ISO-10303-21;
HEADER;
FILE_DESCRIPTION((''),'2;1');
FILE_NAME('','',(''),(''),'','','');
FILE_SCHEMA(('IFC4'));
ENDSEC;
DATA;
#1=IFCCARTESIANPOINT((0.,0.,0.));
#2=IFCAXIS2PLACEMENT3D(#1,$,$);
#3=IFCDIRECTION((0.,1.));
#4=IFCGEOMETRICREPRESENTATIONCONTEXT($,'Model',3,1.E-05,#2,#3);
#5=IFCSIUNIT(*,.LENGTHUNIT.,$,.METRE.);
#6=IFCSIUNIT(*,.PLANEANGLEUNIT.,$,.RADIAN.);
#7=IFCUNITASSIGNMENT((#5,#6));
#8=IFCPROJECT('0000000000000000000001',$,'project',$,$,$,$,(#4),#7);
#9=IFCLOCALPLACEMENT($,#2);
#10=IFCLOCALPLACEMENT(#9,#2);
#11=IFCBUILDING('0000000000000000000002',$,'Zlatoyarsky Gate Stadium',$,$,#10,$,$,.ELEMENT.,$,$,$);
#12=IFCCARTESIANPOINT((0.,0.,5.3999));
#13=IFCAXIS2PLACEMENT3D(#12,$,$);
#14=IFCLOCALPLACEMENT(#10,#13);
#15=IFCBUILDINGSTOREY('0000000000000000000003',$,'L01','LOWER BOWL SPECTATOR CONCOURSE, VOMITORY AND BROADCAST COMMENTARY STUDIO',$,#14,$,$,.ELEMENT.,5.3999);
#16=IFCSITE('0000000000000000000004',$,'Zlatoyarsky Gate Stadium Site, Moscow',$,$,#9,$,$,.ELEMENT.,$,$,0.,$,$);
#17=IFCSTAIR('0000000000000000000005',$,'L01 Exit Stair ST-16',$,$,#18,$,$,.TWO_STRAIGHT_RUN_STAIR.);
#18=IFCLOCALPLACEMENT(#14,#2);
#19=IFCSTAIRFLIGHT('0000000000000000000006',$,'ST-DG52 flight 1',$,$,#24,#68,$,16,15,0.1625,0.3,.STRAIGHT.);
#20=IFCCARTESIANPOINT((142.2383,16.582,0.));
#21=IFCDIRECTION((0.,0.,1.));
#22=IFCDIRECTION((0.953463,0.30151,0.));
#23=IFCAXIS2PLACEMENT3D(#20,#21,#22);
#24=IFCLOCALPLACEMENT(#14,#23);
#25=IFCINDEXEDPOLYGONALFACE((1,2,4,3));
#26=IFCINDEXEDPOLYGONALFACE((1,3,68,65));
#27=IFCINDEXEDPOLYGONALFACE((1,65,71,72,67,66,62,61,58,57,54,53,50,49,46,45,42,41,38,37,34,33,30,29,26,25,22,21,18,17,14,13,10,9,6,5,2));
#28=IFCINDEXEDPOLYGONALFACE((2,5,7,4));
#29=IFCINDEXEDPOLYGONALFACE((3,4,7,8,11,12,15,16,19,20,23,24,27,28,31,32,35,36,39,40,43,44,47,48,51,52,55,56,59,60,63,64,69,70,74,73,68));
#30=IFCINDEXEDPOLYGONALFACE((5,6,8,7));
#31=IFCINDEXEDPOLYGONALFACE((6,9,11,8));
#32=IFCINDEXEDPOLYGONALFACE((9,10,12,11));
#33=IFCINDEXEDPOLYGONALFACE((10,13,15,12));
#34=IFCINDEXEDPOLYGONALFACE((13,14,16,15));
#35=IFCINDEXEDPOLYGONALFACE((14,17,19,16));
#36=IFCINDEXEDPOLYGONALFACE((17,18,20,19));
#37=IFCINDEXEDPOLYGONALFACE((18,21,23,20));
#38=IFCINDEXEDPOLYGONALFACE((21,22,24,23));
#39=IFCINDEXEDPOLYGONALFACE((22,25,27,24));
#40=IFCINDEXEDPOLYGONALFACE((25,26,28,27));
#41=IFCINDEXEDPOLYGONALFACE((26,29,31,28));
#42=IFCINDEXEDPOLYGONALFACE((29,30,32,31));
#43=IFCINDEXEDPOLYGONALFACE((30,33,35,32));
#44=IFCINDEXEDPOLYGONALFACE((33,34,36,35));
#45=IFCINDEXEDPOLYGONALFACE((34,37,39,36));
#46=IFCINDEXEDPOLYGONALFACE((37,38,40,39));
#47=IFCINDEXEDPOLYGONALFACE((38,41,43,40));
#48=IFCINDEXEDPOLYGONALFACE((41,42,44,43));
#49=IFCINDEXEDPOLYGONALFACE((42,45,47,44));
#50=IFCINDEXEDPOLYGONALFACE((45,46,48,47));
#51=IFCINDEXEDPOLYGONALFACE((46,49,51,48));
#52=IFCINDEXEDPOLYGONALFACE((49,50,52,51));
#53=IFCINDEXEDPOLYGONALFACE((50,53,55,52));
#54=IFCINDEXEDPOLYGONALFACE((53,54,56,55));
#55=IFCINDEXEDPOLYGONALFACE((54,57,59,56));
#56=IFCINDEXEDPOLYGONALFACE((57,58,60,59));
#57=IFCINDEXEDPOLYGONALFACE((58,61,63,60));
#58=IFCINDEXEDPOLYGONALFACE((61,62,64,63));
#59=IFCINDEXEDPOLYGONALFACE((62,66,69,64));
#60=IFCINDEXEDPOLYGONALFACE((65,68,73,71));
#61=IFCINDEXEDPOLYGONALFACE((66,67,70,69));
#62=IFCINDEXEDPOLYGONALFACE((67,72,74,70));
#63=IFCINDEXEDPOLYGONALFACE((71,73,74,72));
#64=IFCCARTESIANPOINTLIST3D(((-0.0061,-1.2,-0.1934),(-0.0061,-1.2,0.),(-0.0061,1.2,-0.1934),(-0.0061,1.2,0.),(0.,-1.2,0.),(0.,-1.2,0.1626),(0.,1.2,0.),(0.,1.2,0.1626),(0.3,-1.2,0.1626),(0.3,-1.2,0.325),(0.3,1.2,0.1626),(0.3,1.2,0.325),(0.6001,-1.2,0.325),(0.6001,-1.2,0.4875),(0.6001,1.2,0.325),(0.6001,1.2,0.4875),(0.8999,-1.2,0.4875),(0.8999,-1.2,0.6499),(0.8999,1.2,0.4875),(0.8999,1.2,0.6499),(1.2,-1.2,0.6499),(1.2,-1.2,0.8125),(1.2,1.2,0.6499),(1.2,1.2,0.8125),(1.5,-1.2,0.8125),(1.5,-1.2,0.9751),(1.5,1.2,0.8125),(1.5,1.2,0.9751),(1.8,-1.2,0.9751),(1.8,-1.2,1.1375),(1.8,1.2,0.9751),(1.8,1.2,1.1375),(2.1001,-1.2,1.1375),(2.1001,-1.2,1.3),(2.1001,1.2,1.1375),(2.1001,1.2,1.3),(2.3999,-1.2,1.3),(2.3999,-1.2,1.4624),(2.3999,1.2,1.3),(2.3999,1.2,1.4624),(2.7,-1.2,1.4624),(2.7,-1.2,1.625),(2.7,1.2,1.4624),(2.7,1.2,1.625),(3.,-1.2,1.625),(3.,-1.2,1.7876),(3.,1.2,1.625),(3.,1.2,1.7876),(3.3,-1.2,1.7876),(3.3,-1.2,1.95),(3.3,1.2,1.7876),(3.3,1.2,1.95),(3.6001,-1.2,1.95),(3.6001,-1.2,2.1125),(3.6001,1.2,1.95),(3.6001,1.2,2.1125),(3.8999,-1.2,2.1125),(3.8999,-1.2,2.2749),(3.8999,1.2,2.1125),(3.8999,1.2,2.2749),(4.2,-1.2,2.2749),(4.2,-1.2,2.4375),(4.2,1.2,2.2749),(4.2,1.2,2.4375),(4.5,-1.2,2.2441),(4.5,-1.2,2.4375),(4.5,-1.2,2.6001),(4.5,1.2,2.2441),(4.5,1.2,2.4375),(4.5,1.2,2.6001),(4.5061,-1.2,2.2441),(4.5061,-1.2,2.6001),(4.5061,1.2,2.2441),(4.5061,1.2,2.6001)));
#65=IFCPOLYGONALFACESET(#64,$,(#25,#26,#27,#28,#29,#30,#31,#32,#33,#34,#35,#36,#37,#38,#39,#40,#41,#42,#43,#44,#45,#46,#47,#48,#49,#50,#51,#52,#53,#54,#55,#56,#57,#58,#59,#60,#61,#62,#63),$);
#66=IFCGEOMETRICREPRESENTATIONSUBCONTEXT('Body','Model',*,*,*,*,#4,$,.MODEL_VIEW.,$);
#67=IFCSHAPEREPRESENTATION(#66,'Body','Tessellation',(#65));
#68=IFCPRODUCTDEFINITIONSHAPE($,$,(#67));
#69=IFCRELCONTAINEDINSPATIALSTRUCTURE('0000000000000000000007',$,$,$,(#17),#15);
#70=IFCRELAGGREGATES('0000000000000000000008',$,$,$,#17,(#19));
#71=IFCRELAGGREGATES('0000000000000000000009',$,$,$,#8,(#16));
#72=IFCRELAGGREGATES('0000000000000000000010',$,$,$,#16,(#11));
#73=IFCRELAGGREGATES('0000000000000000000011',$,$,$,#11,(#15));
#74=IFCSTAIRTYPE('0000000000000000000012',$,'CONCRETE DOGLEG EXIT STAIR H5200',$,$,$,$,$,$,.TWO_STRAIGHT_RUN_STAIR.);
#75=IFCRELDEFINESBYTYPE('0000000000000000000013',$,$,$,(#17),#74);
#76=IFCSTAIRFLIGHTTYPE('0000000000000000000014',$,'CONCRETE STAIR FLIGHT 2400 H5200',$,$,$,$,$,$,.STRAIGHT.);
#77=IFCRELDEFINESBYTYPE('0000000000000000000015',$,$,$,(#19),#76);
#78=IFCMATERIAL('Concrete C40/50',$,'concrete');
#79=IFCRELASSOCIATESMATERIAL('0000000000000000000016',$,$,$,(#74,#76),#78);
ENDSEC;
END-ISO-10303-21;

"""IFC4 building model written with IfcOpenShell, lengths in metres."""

from ifc_helpers import new_model, si_unit, direction, frame, origin, place, context, subcontext, project, spatial, polyline, outline, extrude, material, type_object, element, aggregate, save


model = new_model("IFC4")

# Units and contexts
model_context = context("Model", 3, precision=1e-05, world=origin(), true_north=direction((0.0, 1.0)))
body_context = subcontext(model_context, "Body", "Model", "MODEL_VIEW")
ifc_project = project(units=[si_unit("LENGTHUNIT", "METRE"), si_unit("PLANEANGLEUNIT", "RADIAN")], contexts=[model_context])

# Site, building, storey
site_placement = place(None, origin())
site = spatial("IfcSite", under=ifc_project, at=site_placement, Name="Zlatoyarsky Gate Stadium Site, Moscow", CompositionType="ELEMENT", RefElevation=0.0)
building_placement = place(site_placement, origin())
building = spatial("IfcBuilding", under=site, at=building_placement, Name="Zlatoyarsky Gate Stadium", CompositionType="ELEMENT")
storey_placement = place(building_placement, frame((0.0, 0.0, 5.3999)))
storey = spatial("IfcBuildingStorey", under=building, at=storey_placement, Name="L01", Description="LOWER BOWL SPECTATOR CONCOURSE, VOMITORY AND BROADCAST COMMENTARY STUDIO", CompositionType="ELEMENT", Elevation=5.3999)

# Shared definitions
ifc_material_1 = material(Name="Concrete C40/50", Category="concrete")

# Stair, stair flight
stair_type = type_object("IfcStairType", Name="CONCRETE DOGLEG EXIT STAIR H5200", PredefinedType="TWO_STRAIGHT_RUN_STAIR", material=ifc_material_1)
stair_flight_type = type_object("IfcStairFlightType", Name="CONCRETE STAIR FLIGHT 2400 H5200", PredefinedType="STRAIGHT", material=ifc_material_1)
stair_1_placement = place(storey_placement, origin())
stair_1 = element("IfcStair", 1, at=stair_1_placement, inside=storey, type_object=stair_type, Name="L01 Exit Stair ST-16", PredefinedType="TWO_STRAIGHT_RUN_STAIR")
stair_flight_1_placement = place(storey_placement, frame((142.2383, 16.582, 0.0), z_axis=(0.0, 0.0, 1.0), x_axis=(0.953463, 0.30151, 0.0)))
stair_flight_1 = element("IfcStairFlight", 2, at=stair_flight_1_placement, type_object=stair_flight_type, Name="ST-DG52 flight 1", NumberOfRisers=16, NumberOfTreads=15, PredefinedType="STRAIGHT", RiserHeight=0.1625, TreadLength=0.3, context=body_context, shape_type="SweptSolid", body=[
    extrude(outline(polyline([(-0.0061, -0.1934), (-0.0061, 0.0), (0.0, 0.0), (0.0, 0.1626), (0.3, 0.1626), (0.3, 0.325), (0.6001, 0.325), (0.6001, 0.4875), (0.8999, 0.4875), (0.8999, 0.6499), (1.2, 0.6499), (1.2, 0.8125), (1.5, 0.8125), (1.5, 0.9751), (1.8, 0.9751), (1.8, 1.1375), (2.1001, 1.1375), (2.1001, 1.3), (2.3999, 1.3), (2.3999, 1.4624), (2.7, 1.4624), (2.7, 1.625), (3.0, 1.625), (3.0, 1.7876), (3.3, 1.7876), (3.3, 1.95), (3.6001, 1.95), (3.6001, 2.1125), (3.8999, 2.1125), (3.8999, 2.2749), (4.2, 2.2749), (4.2, 2.4375), (4.5, 2.4375), (4.5, 2.6001), (4.5061, 2.6001), (4.5061, 2.2441), (4.5, 2.2441), (-0.0061, -0.1934)])), frame((0.0, 1.2, 0.0), z_axis=(0.0, -1.0, 0.0), x_axis=(1.0, 0.0, 0.0)), (0.0, 0.0, 1.0), 2.3999),
])
aggregate(stair_1, [stair_flight_1])

save(model, "model.ifc")
